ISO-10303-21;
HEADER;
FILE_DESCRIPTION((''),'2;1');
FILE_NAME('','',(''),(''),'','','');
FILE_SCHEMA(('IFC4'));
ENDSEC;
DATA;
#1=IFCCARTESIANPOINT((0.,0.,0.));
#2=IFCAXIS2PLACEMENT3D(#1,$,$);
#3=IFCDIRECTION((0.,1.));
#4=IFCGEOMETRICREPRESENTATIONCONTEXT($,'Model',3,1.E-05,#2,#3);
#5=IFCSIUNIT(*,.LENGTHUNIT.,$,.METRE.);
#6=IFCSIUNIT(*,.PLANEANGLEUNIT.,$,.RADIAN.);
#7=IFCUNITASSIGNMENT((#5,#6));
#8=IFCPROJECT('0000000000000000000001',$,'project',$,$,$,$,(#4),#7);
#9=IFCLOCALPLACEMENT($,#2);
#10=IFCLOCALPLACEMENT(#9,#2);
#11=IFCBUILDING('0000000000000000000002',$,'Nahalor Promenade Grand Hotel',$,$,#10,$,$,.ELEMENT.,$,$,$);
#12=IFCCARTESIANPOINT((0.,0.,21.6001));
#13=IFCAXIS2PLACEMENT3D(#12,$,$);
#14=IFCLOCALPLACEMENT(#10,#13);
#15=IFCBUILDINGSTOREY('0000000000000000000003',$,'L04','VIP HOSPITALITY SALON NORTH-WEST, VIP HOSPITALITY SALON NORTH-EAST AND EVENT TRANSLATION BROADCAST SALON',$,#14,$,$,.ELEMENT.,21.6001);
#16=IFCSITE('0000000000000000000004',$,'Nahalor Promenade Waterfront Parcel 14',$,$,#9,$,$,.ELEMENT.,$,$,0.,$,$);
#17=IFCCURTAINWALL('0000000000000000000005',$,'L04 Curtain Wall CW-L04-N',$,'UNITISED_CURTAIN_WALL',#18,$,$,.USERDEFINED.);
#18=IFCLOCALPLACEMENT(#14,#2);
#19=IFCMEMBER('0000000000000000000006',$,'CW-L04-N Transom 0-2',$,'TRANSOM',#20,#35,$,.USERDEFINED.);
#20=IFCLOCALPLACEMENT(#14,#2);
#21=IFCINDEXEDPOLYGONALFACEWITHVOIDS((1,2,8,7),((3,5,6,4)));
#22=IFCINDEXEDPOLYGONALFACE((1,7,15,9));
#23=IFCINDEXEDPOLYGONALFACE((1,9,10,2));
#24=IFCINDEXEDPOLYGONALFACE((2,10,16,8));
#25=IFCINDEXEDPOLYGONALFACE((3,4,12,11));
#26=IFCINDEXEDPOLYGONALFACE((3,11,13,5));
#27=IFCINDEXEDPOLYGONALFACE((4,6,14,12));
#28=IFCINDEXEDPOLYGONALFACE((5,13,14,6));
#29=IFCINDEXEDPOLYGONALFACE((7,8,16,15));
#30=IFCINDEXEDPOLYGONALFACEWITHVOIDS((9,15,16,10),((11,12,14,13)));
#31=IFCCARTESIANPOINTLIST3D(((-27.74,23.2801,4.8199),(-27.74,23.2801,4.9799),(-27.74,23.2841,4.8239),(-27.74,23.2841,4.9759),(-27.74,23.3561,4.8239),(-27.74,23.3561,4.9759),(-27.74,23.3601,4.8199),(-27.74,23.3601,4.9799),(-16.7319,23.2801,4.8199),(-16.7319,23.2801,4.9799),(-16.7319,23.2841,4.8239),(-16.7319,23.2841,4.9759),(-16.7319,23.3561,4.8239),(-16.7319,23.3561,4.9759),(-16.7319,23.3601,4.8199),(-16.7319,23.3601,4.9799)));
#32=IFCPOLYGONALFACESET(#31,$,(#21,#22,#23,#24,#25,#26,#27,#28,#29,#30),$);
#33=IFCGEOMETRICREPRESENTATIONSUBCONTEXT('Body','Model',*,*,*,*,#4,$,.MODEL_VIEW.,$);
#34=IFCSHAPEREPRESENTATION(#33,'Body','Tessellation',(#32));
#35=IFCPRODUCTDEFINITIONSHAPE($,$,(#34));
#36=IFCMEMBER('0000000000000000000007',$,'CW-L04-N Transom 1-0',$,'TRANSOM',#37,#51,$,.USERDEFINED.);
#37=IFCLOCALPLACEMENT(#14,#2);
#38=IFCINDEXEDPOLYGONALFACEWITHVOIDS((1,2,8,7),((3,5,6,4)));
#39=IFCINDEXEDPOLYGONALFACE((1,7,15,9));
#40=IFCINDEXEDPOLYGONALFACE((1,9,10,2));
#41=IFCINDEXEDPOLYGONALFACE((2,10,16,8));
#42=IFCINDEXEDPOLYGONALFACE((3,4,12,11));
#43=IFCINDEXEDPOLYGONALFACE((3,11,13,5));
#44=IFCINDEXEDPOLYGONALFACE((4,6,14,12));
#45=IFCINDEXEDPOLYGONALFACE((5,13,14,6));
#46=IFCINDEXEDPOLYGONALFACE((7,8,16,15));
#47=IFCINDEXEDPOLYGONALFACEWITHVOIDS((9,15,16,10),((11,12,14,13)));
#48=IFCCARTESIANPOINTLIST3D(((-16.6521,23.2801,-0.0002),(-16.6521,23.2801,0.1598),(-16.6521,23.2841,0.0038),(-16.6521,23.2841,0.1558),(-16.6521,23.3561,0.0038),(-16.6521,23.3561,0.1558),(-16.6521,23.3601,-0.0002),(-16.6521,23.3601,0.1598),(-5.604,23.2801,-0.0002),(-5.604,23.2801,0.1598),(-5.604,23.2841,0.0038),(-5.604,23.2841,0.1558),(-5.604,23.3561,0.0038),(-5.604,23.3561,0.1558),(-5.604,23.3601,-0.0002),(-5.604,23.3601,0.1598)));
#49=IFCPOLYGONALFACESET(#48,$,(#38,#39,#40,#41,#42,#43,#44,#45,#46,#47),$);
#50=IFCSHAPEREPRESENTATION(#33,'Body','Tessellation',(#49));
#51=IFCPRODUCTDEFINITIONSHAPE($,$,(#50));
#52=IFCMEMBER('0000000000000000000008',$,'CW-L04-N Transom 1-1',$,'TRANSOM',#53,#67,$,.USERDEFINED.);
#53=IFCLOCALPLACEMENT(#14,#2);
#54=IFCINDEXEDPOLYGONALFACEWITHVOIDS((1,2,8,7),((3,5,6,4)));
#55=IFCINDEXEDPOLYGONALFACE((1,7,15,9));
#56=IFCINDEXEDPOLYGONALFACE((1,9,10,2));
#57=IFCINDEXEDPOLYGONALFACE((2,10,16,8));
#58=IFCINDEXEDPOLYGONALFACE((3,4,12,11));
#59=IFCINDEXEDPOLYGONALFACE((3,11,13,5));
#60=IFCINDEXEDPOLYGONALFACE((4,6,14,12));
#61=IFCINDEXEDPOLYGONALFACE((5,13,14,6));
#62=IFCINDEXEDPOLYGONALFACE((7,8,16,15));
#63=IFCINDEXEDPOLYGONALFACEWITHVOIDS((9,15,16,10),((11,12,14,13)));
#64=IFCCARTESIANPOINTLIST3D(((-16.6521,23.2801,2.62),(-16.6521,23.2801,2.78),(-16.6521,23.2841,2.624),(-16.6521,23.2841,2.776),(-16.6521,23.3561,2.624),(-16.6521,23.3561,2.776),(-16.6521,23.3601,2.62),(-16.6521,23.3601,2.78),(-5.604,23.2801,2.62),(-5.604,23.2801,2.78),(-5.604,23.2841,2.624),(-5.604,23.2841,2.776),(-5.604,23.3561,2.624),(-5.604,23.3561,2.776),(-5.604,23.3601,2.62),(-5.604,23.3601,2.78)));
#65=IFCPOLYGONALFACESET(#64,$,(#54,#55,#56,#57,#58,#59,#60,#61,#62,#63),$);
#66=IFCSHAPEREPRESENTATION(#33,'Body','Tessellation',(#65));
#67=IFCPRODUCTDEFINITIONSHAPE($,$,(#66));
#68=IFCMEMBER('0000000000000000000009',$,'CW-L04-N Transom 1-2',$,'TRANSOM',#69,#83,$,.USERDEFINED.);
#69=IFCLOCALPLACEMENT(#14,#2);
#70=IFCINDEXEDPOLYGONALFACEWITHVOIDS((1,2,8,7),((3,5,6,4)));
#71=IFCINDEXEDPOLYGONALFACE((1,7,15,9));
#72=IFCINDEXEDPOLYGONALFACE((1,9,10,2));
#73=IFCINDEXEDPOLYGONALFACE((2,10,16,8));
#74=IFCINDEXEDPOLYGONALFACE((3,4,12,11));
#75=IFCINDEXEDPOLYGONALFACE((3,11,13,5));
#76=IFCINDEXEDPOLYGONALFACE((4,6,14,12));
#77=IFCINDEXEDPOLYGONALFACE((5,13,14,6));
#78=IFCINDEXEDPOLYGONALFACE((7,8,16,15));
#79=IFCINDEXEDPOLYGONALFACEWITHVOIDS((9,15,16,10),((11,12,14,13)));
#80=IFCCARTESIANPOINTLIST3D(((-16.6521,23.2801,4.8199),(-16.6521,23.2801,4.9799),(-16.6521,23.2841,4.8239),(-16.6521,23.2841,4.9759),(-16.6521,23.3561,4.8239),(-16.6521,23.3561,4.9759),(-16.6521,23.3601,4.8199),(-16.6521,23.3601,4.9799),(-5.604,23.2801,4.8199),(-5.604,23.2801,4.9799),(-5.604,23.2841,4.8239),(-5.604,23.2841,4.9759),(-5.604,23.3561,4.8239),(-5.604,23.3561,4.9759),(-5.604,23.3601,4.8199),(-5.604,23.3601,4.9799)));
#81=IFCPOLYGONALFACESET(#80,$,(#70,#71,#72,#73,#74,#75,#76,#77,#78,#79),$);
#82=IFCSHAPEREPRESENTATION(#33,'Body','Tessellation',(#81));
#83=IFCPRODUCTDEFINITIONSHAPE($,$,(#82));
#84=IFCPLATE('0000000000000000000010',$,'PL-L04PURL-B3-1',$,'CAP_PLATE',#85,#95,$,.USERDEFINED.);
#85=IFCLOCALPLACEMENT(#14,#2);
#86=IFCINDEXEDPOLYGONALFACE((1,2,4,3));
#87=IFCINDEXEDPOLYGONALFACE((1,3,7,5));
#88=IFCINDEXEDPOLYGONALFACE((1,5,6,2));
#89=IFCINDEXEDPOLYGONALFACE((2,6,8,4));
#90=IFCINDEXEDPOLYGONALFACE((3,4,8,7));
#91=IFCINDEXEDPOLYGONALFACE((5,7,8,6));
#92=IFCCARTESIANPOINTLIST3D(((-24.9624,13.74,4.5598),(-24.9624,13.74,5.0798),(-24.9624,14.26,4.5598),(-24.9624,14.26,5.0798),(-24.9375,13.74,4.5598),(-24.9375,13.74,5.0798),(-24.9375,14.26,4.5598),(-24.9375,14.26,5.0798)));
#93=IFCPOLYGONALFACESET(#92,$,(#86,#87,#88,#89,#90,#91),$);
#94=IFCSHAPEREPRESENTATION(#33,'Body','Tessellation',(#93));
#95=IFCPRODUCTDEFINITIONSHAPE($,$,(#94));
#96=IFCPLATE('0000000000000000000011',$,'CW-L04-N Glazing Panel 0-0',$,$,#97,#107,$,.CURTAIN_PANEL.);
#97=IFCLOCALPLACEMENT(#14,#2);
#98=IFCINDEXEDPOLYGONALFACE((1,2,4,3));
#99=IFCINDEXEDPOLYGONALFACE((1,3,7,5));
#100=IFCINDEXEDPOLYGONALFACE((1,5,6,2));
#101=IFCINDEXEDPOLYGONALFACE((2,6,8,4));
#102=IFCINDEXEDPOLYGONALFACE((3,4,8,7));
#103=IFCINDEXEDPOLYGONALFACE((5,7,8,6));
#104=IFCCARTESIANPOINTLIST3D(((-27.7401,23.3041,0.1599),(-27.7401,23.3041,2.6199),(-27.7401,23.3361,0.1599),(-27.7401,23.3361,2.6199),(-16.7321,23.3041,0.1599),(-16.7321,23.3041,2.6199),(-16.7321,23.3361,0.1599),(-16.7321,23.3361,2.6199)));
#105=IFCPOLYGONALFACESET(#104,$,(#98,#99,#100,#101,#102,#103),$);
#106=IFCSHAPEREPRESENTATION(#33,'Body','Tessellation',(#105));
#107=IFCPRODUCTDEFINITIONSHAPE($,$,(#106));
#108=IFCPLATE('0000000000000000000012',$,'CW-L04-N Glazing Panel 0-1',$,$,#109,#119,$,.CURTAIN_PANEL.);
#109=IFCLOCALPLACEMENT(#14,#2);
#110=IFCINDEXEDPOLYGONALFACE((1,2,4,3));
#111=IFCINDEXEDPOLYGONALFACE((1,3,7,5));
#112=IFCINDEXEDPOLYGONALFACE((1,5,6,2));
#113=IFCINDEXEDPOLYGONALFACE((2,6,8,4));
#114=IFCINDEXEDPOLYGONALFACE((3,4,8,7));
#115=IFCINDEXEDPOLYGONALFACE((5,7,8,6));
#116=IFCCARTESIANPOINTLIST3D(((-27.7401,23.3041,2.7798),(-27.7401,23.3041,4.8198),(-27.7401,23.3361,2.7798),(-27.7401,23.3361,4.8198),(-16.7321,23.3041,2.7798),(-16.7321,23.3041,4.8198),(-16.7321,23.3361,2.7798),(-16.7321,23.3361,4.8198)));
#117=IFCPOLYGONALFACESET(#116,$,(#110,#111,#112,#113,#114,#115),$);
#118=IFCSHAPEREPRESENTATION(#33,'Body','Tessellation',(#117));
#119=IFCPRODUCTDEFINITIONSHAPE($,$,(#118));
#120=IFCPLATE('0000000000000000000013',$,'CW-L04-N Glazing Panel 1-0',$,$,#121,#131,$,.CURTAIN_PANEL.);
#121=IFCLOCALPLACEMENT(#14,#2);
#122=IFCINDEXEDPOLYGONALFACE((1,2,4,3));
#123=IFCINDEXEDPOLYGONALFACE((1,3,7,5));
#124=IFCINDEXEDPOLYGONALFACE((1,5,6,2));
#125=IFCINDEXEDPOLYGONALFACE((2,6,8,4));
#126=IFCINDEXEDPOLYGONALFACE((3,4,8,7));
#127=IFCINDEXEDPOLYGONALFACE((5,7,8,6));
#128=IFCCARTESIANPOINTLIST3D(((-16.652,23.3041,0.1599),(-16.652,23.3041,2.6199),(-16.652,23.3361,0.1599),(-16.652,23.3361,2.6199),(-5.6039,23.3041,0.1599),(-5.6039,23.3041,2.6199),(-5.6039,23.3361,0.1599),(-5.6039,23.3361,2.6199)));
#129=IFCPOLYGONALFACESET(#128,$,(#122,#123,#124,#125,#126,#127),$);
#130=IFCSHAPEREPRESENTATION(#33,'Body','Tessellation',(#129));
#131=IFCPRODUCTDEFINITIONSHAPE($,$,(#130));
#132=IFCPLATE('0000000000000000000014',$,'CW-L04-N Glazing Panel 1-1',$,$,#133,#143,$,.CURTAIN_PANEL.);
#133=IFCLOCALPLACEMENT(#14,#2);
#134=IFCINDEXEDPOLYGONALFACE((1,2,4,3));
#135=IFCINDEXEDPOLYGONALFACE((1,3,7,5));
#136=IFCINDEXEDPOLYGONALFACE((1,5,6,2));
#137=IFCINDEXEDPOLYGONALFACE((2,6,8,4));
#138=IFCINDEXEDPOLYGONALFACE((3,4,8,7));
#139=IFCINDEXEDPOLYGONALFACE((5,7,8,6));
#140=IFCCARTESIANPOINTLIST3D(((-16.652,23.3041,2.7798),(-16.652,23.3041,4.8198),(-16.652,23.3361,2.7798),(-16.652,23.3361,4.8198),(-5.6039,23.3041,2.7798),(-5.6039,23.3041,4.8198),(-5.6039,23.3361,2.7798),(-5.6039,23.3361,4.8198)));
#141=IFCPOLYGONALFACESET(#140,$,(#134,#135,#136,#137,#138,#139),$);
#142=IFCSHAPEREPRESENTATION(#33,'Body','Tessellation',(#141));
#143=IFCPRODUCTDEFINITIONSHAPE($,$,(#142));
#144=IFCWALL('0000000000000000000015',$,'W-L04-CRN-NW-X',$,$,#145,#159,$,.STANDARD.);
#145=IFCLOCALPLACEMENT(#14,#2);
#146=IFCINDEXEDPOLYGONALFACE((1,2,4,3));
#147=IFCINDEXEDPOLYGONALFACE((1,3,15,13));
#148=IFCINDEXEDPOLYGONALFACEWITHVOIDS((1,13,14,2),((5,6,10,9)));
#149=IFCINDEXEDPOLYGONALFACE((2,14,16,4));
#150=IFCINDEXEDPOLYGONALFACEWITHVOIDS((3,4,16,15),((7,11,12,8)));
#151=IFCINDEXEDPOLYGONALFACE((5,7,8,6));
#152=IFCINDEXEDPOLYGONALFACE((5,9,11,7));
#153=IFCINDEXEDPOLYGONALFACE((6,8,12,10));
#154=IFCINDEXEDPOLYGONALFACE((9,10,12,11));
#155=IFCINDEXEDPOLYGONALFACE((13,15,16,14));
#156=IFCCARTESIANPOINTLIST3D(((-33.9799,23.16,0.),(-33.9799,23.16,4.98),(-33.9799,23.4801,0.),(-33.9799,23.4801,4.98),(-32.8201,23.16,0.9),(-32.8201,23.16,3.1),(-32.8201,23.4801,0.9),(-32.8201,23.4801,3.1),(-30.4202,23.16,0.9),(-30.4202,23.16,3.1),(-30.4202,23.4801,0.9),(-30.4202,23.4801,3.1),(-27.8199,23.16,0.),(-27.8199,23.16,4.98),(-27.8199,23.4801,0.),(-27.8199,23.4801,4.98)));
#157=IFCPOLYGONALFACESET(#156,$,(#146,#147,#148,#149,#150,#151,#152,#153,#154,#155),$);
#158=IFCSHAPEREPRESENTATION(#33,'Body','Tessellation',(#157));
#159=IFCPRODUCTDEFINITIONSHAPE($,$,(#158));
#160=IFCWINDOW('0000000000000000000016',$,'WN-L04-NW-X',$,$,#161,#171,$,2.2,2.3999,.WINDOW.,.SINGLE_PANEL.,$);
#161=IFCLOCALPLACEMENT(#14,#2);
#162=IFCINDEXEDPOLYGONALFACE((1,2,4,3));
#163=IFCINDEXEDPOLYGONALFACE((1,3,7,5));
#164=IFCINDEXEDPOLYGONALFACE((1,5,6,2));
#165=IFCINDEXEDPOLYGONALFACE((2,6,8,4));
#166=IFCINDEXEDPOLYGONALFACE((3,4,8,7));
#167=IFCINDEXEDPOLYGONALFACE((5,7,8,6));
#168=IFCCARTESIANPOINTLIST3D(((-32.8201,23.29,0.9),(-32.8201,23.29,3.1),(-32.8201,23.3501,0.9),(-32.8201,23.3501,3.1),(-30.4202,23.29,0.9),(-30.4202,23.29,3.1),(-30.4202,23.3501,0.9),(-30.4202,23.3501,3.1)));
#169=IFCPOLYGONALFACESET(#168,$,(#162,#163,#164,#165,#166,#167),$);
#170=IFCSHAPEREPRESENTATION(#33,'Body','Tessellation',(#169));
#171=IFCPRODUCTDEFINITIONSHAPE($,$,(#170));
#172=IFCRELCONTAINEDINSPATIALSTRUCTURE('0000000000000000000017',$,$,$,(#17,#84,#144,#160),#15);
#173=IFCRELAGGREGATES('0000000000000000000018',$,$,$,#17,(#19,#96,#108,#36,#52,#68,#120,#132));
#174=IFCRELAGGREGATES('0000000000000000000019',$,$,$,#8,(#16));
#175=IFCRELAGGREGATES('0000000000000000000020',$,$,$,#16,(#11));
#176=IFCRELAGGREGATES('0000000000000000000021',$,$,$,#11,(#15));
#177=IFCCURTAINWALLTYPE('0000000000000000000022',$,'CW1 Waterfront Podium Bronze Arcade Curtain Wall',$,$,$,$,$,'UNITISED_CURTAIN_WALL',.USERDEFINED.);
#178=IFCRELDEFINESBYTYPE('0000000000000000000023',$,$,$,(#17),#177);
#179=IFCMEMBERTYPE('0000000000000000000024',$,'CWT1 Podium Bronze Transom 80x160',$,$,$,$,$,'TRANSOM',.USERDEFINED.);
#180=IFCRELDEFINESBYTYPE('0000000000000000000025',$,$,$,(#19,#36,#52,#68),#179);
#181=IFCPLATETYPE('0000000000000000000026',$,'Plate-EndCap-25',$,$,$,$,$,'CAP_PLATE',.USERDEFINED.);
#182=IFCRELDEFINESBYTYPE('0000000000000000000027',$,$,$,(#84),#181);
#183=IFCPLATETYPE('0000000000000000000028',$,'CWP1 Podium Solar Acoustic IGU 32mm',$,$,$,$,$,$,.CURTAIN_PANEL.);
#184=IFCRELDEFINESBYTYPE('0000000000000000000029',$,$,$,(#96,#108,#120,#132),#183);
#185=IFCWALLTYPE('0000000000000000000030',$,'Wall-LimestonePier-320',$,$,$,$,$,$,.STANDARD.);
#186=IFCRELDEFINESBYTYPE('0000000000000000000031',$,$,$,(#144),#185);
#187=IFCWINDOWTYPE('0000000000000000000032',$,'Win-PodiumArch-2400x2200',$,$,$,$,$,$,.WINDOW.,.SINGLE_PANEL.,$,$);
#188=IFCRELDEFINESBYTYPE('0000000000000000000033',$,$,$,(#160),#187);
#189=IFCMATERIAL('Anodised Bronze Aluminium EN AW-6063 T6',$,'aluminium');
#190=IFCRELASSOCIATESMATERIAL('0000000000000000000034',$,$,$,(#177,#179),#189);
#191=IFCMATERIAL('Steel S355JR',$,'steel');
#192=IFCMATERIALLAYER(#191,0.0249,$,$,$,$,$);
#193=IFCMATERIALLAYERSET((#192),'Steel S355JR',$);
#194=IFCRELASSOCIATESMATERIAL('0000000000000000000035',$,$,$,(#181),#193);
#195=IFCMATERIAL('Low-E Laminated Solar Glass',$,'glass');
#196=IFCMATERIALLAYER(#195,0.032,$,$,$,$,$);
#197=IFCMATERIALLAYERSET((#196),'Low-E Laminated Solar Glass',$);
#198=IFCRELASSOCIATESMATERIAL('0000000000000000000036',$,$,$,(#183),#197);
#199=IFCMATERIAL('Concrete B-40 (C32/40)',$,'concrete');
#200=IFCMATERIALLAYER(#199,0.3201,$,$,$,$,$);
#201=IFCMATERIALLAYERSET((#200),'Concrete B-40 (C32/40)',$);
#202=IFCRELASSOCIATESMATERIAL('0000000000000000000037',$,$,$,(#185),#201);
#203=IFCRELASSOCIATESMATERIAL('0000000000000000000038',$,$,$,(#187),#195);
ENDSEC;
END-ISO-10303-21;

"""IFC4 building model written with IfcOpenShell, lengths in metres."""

from ifc_helpers import new_model, si_unit, direction, frame, frame_2d, origin, origin_2d, place, context, subcontext, project, spatial, rectangle, hollow_rectangle, extrude, source, transform, mapped, material, layer, layer_set, material_profile, profile_set, type_object, element, fill, aggregate, save


model = new_model("IFC4")

# Units and contexts
model_context = context("Model", 3, precision=1e-05, world=origin(), true_north=direction((0.0, 1.0)))
body_context = subcontext(model_context, "Body", "Model", "MODEL_VIEW")
ifc_project = project(units=[si_unit("LENGTHUNIT", "METRE"), si_unit("PLANEANGLEUNIT", "RADIAN")], contexts=[model_context])

# Site, building, storey
site_placement = place(None, origin())
site = spatial("IfcSite", under=ifc_project, at=site_placement, Name="Nahalor Promenade Waterfront Parcel 14", CompositionType="ELEMENT", RefElevation=0.0)
building_placement = place(site_placement, origin())
building = spatial("IfcBuilding", under=site, at=building_placement, Name="Nahalor Promenade Grand Hotel", CompositionType="ELEMENT")
storey_placement = place(building_placement, frame((0.0, 0.0, 21.6001)))
storey = spatial("IfcBuildingStorey", under=building, at=storey_placement, Name="L04", Description="VIP HOSPITALITY SALON NORTH-WEST, VIP HOSPITALITY SALON NORTH-EAST AND EVENT TRANSLATION BROADCAST SALON", CompositionType="ELEMENT", Elevation=21.6001)

# Shared definitions
ifc_material_1 = material(Name="Steel S355JR", Category="steel")

# Curtain wall
ifc_material_2 = material(Name="Anodised Bronze Aluminium EN AW-6063 T6", Category="aluminium")
curtain_wall_type = type_object("IfcCurtainWallType", Name="CW1 Waterfront Podium Bronze Arcade Curtain Wall", ElementType="UNITISED_CURTAIN_WALL", PredefinedType="USERDEFINED", material=ifc_material_2)
curtain_wall_1_placement = place(storey_placement, origin())
curtain_wall_1 = element("IfcCurtainWall", 1, at=curtain_wall_1_placement, inside=storey, type_object=curtain_wall_type, Name="L04 Curtain Wall CW-L04-N", ObjectType="UNITISED_CURTAIN_WALL", PredefinedType="USERDEFINED")

# Members
ifc_material_profile_1 = material_profile(ifc_material_2, hollow_rectangle(XDim=0.08, YDim=0.16, WallThickness=0.004, at=origin_2d()), Name="CWT 80x160x4")
ifc_profile_set_1 = profile_set([ifc_material_profile_1], Name="Anodised Bronze Aluminium EN AW-6063 T6")
member_type_1 = type_object("IfcMemberType", Name="CWT1 Podium Bronze Transom 80x160", ElementType="TRANSOM", PredefinedType="USERDEFINED", material=ifc_profile_set_1)
shared_shape_1 = source(origin(), body_context, "Body", "SweptSolid", [
    extrude(hollow_rectangle(XDim=0.08, YDim=0.16, WallThickness=0.004, at=origin_2d()), origin(), (0.0, 0.0, 1.0), 11.0081),
])
member_1_placement = place(storey_placement, frame((-27.74, 23.3201, 4.8999), z_axis=(1.0, 0.0, 0.0), x_axis=(0.0, 1.0, 0.0)))
member_1 = element("IfcMember", 2, at=member_1_placement, type_object=member_type_1, Name="CW-L04-N Transom 0-2", ObjectType="TRANSOM", PredefinedType="USERDEFINED", context=body_context, shape_type="MappedRepresentation", body=[
    mapped(shared_shape_1, transform((0.0, 0.0, 0.0), scale=1.0)),
])
shared_shape_2 = source(origin(), body_context, "Body", "SweptSolid", [
    extrude(hollow_rectangle(XDim=0.08, YDim=0.16, WallThickness=0.004, at=origin_2d()), origin(), (0.0, 0.0, 1.0), 11.0481),
])
member_2_placement = place(storey_placement, frame((-16.6521, 23.3201, 0.0798), z_axis=(1.0, 0.0, 0.0), x_axis=(0.0, 1.0, 0.0)))
member_2 = element("IfcMember", 3, at=member_2_placement, type_object=member_type_1, Name="CW-L04-N Transom 1-0", ObjectType="TRANSOM", PredefinedType="USERDEFINED", context=body_context, shape_type="MappedRepresentation", body=[
    mapped(shared_shape_2, transform((0.0, 0.0, 0.0), scale=1.0)),
])
member_3_placement = place(storey_placement, frame((-16.6521, 23.3201, 2.7), z_axis=(1.0, 0.0, 0.0), x_axis=(0.0, 1.0, 0.0)))
member_3 = element("IfcMember", 4, at=member_3_placement, type_object=member_type_1, Name="CW-L04-N Transom 1-1", ObjectType="TRANSOM", PredefinedType="USERDEFINED", context=body_context, shape_type="MappedRepresentation", body=[
    mapped(shared_shape_2, transform((0.0, 0.0, 0.0), scale=1.0)),
])
member_4_placement = place(storey_placement, frame((-16.6521, 23.3201, 4.8999), z_axis=(1.0, 0.0, 0.0), x_axis=(0.0, 1.0, 0.0)))
member_4 = element("IfcMember", 5, at=member_4_placement, type_object=member_type_1, Name="CW-L04-N Transom 1-2", ObjectType="TRANSOM", PredefinedType="USERDEFINED", context=body_context, shape_type="MappedRepresentation", body=[
    mapped(shared_shape_2, transform((0.0, 0.0, 0.0), scale=1.0)),
])

# Plates
ifc_layer_1 = layer(ifc_material_1, 0.0249)
ifc_layer_set_1 = layer_set([ifc_layer_1], Name="Steel S355JR")
plate_type_1 = type_object("IfcPlateType", Name="Plate-EndCap-25", ElementType="CAP_PLATE", PredefinedType="USERDEFINED", material=ifc_layer_set_1)
shared_shape_3 = source(origin(), body_context, "Body", "SweptSolid", [
    extrude(rectangle(XDim=0.52, YDim=0.0249, at=origin_2d()), origin(), (0.0, 0.0, 1.0), 0.52),
])
plate_1_placement = place(storey_placement, frame((-24.95, 14.0, 4.5598), z_axis=(0.0, 0.0, 1.0), x_axis=(0.0, 1.0, 0.0)))
element("IfcPlate", 6, at=plate_1_placement, inside=storey, type_object=plate_type_1, Name="PL-L04PURL-B3-1", ObjectType="CAP_PLATE", PredefinedType="USERDEFINED", context=body_context, shape_type="MappedRepresentation", body=[
    mapped(shared_shape_3, transform((0.0, 0.0, 0.0), scale=1.0)),
])
ifc_material_3 = material(Name="Low-E Laminated Solar Glass", Category="glass")
ifc_layer_2 = layer(ifc_material_3, 0.032)
ifc_layer_set_2 = layer_set([ifc_layer_2], Name="Low-E Laminated Solar Glass")
plate_type_2 = type_object("IfcPlateType", Name="CWP1 Podium Solar Acoustic IGU 32mm", PredefinedType="CURTAIN_PANEL", material=ifc_layer_set_2)
shared_shape_4 = source(origin(), body_context, "Body", "SweptSolid", [
    extrude(rectangle(XDim=11.0081, YDim=0.032, at=origin_2d()), origin(), (0.0, 0.0, 1.0), 2.46),
])
plate_2_placement = place(storey_placement, frame((-22.2361, 23.3201, 0.1599), z_axis=(0.0, 0.0, 1.0), x_axis=(1.0, 0.0, 0.0)))
plate_2 = element("IfcPlate", 7, at=plate_2_placement, type_object=plate_type_2, Name="CW-L04-N Glazing Panel 0-0", PredefinedType="CURTAIN_PANEL", context=body_context, shape_type="MappedRepresentation", body=[
    mapped(shared_shape_4, transform((0.0, 0.0, 0.0), scale=1.0)),
])
shared_shape_5 = source(origin(), body_context, "Body", "SweptSolid", [
    extrude(rectangle(XDim=11.0081, YDim=0.032, at=origin_2d()), origin(), (0.0, 0.0, 1.0), 2.04),
])
plate_3_placement = place(storey_placement, frame((-22.2361, 23.3201, 2.7798), z_axis=(0.0, 0.0, 1.0), x_axis=(1.0, 0.0, 0.0)))
plate_3 = element("IfcPlate", 8, at=plate_3_placement, type_object=plate_type_2, Name="CW-L04-N Glazing Panel 0-1", PredefinedType="CURTAIN_PANEL", context=body_context, shape_type="MappedRepresentation", body=[
    mapped(shared_shape_5, transform((0.0, 0.0, 0.0), scale=1.0)),
])
shared_shape_6 = source(origin(), body_context, "Body", "SweptSolid", [
    extrude(rectangle(XDim=11.0481, YDim=0.032, at=origin_2d()), origin(), (0.0, 0.0, 1.0), 2.46),
])
plate_4_placement = place(storey_placement, frame((-11.1279, 23.3201, 0.1599), z_axis=(0.0, 0.0, 1.0), x_axis=(1.0, 0.0, 0.0)))
plate_4 = element("IfcPlate", 9, at=plate_4_placement, type_object=plate_type_2, Name="CW-L04-N Glazing Panel 1-0", PredefinedType="CURTAIN_PANEL", context=body_context, shape_type="MappedRepresentation", body=[
    mapped(shared_shape_6, transform((0.0, 0.0, 0.0), scale=1.0)),
])
shared_shape_7 = source(origin(), body_context, "Body", "SweptSolid", [
    extrude(rectangle(XDim=11.0481, YDim=0.032, at=origin_2d()), origin(), (0.0, 0.0, 1.0), 2.04),
])
plate_5_placement = place(storey_placement, frame((-11.1279, 23.3201, 2.7798), z_axis=(0.0, 0.0, 1.0), x_axis=(1.0, 0.0, 0.0)))
plate_5 = element("IfcPlate", 10, at=plate_5_placement, type_object=plate_type_2, Name="CW-L04-N Glazing Panel 1-1", PredefinedType="CURTAIN_PANEL", context=body_context, shape_type="MappedRepresentation", body=[
    mapped(shared_shape_7, transform((0.0, 0.0, 0.0), scale=1.0)),
])
aggregate(curtain_wall_1, [member_1, plate_2, plate_3, member_2, member_3, member_4, plate_4, plate_5])

# Wall, opening, window
ifc_material_4 = material(Name="Concrete B-40 (C32/40)", Category="concrete")
ifc_layer_3 = layer(ifc_material_4, 0.3201)
ifc_layer_set_3 = layer_set([ifc_layer_3], Name="Concrete B-40 (C32/40)")
wall_type = type_object("IfcWallType", Name="Wall-LimestonePier-320", PredefinedType="STANDARD", material=ifc_layer_set_3)
shared_shape_8 = source(origin(), body_context, "Body", "SweptSolid", [
    extrude(rectangle(XDim=6.1599, YDim=0.3201, at=frame_2d((3.0801, 0.0))), origin(), (0.0, 0.0, 1.0), 4.98),
])
wall_1_placement = place(storey_placement, frame((-33.98, 23.3201, 0.0), z_axis=(0.0, 0.0, 1.0), x_axis=(1.0, 0.0, 0.0)))
wall_1 = element("IfcWall", 11, at=wall_1_placement, inside=storey, type_object=wall_type, Name="W-L04-CRN-NW-X", PredefinedType="STANDARD", context=body_context, shape_type="MappedRepresentation", body=[
    mapped(shared_shape_8, transform((0.0, 0.0, 0.0), scale=1.0)),
])
opening_placement = place(wall_1_placement, frame((1.1599, 0.0, 0.8999)))
opening = element("IfcOpeningElement", 12, at=opening_placement, cuts=wall_1, PredefinedType="OPENING", context=body_context, shape_type="SweptSolid", body=[
    extrude(rectangle(XDim=2.3999, YDim=2.2, at=frame_2d((1.2, 1.1001))), frame((0.0, 0.1699, 0.0), z_axis=(0.0, -1.0, 0.0), x_axis=(1.0, 0.0, 0.0)), (0.0, 0.0, 1.0), 0.3401),
])
window_type = type_object("IfcWindowType", Name="Win-PodiumArch-2400x2200", PartitioningType="SINGLE_PANEL", PredefinedType="WINDOW", material=ifc_material_3)
shared_shape_9 = source(origin(), body_context, "Body", "SweptSolid", [
    extrude(rectangle(XDim=2.3999, YDim=2.2, at=frame_2d((1.2, 1.1001))), frame((0.0, 0.03, 0.0), z_axis=(0.0, -1.0, 0.0), x_axis=(1.0, 0.0, 0.0)), (0.0, 0.0, 1.0), 0.0601),
])
window_placement = place(opening_placement, origin())
window = element("IfcWindow", 13, at=window_placement, inside=storey, type_object=window_type, Name="WN-L04-NW-X", OverallHeight=2.2, OverallWidth=2.3999, PartitioningType="SINGLE_PANEL", PredefinedType="WINDOW", context=body_context, shape_type="MappedRepresentation", body=[
    mapped(shared_shape_9, transform((0.0, 0.0, 0.0), scale=1.0)),
])
fill(opening, window)

save(model, "model.ifc")
